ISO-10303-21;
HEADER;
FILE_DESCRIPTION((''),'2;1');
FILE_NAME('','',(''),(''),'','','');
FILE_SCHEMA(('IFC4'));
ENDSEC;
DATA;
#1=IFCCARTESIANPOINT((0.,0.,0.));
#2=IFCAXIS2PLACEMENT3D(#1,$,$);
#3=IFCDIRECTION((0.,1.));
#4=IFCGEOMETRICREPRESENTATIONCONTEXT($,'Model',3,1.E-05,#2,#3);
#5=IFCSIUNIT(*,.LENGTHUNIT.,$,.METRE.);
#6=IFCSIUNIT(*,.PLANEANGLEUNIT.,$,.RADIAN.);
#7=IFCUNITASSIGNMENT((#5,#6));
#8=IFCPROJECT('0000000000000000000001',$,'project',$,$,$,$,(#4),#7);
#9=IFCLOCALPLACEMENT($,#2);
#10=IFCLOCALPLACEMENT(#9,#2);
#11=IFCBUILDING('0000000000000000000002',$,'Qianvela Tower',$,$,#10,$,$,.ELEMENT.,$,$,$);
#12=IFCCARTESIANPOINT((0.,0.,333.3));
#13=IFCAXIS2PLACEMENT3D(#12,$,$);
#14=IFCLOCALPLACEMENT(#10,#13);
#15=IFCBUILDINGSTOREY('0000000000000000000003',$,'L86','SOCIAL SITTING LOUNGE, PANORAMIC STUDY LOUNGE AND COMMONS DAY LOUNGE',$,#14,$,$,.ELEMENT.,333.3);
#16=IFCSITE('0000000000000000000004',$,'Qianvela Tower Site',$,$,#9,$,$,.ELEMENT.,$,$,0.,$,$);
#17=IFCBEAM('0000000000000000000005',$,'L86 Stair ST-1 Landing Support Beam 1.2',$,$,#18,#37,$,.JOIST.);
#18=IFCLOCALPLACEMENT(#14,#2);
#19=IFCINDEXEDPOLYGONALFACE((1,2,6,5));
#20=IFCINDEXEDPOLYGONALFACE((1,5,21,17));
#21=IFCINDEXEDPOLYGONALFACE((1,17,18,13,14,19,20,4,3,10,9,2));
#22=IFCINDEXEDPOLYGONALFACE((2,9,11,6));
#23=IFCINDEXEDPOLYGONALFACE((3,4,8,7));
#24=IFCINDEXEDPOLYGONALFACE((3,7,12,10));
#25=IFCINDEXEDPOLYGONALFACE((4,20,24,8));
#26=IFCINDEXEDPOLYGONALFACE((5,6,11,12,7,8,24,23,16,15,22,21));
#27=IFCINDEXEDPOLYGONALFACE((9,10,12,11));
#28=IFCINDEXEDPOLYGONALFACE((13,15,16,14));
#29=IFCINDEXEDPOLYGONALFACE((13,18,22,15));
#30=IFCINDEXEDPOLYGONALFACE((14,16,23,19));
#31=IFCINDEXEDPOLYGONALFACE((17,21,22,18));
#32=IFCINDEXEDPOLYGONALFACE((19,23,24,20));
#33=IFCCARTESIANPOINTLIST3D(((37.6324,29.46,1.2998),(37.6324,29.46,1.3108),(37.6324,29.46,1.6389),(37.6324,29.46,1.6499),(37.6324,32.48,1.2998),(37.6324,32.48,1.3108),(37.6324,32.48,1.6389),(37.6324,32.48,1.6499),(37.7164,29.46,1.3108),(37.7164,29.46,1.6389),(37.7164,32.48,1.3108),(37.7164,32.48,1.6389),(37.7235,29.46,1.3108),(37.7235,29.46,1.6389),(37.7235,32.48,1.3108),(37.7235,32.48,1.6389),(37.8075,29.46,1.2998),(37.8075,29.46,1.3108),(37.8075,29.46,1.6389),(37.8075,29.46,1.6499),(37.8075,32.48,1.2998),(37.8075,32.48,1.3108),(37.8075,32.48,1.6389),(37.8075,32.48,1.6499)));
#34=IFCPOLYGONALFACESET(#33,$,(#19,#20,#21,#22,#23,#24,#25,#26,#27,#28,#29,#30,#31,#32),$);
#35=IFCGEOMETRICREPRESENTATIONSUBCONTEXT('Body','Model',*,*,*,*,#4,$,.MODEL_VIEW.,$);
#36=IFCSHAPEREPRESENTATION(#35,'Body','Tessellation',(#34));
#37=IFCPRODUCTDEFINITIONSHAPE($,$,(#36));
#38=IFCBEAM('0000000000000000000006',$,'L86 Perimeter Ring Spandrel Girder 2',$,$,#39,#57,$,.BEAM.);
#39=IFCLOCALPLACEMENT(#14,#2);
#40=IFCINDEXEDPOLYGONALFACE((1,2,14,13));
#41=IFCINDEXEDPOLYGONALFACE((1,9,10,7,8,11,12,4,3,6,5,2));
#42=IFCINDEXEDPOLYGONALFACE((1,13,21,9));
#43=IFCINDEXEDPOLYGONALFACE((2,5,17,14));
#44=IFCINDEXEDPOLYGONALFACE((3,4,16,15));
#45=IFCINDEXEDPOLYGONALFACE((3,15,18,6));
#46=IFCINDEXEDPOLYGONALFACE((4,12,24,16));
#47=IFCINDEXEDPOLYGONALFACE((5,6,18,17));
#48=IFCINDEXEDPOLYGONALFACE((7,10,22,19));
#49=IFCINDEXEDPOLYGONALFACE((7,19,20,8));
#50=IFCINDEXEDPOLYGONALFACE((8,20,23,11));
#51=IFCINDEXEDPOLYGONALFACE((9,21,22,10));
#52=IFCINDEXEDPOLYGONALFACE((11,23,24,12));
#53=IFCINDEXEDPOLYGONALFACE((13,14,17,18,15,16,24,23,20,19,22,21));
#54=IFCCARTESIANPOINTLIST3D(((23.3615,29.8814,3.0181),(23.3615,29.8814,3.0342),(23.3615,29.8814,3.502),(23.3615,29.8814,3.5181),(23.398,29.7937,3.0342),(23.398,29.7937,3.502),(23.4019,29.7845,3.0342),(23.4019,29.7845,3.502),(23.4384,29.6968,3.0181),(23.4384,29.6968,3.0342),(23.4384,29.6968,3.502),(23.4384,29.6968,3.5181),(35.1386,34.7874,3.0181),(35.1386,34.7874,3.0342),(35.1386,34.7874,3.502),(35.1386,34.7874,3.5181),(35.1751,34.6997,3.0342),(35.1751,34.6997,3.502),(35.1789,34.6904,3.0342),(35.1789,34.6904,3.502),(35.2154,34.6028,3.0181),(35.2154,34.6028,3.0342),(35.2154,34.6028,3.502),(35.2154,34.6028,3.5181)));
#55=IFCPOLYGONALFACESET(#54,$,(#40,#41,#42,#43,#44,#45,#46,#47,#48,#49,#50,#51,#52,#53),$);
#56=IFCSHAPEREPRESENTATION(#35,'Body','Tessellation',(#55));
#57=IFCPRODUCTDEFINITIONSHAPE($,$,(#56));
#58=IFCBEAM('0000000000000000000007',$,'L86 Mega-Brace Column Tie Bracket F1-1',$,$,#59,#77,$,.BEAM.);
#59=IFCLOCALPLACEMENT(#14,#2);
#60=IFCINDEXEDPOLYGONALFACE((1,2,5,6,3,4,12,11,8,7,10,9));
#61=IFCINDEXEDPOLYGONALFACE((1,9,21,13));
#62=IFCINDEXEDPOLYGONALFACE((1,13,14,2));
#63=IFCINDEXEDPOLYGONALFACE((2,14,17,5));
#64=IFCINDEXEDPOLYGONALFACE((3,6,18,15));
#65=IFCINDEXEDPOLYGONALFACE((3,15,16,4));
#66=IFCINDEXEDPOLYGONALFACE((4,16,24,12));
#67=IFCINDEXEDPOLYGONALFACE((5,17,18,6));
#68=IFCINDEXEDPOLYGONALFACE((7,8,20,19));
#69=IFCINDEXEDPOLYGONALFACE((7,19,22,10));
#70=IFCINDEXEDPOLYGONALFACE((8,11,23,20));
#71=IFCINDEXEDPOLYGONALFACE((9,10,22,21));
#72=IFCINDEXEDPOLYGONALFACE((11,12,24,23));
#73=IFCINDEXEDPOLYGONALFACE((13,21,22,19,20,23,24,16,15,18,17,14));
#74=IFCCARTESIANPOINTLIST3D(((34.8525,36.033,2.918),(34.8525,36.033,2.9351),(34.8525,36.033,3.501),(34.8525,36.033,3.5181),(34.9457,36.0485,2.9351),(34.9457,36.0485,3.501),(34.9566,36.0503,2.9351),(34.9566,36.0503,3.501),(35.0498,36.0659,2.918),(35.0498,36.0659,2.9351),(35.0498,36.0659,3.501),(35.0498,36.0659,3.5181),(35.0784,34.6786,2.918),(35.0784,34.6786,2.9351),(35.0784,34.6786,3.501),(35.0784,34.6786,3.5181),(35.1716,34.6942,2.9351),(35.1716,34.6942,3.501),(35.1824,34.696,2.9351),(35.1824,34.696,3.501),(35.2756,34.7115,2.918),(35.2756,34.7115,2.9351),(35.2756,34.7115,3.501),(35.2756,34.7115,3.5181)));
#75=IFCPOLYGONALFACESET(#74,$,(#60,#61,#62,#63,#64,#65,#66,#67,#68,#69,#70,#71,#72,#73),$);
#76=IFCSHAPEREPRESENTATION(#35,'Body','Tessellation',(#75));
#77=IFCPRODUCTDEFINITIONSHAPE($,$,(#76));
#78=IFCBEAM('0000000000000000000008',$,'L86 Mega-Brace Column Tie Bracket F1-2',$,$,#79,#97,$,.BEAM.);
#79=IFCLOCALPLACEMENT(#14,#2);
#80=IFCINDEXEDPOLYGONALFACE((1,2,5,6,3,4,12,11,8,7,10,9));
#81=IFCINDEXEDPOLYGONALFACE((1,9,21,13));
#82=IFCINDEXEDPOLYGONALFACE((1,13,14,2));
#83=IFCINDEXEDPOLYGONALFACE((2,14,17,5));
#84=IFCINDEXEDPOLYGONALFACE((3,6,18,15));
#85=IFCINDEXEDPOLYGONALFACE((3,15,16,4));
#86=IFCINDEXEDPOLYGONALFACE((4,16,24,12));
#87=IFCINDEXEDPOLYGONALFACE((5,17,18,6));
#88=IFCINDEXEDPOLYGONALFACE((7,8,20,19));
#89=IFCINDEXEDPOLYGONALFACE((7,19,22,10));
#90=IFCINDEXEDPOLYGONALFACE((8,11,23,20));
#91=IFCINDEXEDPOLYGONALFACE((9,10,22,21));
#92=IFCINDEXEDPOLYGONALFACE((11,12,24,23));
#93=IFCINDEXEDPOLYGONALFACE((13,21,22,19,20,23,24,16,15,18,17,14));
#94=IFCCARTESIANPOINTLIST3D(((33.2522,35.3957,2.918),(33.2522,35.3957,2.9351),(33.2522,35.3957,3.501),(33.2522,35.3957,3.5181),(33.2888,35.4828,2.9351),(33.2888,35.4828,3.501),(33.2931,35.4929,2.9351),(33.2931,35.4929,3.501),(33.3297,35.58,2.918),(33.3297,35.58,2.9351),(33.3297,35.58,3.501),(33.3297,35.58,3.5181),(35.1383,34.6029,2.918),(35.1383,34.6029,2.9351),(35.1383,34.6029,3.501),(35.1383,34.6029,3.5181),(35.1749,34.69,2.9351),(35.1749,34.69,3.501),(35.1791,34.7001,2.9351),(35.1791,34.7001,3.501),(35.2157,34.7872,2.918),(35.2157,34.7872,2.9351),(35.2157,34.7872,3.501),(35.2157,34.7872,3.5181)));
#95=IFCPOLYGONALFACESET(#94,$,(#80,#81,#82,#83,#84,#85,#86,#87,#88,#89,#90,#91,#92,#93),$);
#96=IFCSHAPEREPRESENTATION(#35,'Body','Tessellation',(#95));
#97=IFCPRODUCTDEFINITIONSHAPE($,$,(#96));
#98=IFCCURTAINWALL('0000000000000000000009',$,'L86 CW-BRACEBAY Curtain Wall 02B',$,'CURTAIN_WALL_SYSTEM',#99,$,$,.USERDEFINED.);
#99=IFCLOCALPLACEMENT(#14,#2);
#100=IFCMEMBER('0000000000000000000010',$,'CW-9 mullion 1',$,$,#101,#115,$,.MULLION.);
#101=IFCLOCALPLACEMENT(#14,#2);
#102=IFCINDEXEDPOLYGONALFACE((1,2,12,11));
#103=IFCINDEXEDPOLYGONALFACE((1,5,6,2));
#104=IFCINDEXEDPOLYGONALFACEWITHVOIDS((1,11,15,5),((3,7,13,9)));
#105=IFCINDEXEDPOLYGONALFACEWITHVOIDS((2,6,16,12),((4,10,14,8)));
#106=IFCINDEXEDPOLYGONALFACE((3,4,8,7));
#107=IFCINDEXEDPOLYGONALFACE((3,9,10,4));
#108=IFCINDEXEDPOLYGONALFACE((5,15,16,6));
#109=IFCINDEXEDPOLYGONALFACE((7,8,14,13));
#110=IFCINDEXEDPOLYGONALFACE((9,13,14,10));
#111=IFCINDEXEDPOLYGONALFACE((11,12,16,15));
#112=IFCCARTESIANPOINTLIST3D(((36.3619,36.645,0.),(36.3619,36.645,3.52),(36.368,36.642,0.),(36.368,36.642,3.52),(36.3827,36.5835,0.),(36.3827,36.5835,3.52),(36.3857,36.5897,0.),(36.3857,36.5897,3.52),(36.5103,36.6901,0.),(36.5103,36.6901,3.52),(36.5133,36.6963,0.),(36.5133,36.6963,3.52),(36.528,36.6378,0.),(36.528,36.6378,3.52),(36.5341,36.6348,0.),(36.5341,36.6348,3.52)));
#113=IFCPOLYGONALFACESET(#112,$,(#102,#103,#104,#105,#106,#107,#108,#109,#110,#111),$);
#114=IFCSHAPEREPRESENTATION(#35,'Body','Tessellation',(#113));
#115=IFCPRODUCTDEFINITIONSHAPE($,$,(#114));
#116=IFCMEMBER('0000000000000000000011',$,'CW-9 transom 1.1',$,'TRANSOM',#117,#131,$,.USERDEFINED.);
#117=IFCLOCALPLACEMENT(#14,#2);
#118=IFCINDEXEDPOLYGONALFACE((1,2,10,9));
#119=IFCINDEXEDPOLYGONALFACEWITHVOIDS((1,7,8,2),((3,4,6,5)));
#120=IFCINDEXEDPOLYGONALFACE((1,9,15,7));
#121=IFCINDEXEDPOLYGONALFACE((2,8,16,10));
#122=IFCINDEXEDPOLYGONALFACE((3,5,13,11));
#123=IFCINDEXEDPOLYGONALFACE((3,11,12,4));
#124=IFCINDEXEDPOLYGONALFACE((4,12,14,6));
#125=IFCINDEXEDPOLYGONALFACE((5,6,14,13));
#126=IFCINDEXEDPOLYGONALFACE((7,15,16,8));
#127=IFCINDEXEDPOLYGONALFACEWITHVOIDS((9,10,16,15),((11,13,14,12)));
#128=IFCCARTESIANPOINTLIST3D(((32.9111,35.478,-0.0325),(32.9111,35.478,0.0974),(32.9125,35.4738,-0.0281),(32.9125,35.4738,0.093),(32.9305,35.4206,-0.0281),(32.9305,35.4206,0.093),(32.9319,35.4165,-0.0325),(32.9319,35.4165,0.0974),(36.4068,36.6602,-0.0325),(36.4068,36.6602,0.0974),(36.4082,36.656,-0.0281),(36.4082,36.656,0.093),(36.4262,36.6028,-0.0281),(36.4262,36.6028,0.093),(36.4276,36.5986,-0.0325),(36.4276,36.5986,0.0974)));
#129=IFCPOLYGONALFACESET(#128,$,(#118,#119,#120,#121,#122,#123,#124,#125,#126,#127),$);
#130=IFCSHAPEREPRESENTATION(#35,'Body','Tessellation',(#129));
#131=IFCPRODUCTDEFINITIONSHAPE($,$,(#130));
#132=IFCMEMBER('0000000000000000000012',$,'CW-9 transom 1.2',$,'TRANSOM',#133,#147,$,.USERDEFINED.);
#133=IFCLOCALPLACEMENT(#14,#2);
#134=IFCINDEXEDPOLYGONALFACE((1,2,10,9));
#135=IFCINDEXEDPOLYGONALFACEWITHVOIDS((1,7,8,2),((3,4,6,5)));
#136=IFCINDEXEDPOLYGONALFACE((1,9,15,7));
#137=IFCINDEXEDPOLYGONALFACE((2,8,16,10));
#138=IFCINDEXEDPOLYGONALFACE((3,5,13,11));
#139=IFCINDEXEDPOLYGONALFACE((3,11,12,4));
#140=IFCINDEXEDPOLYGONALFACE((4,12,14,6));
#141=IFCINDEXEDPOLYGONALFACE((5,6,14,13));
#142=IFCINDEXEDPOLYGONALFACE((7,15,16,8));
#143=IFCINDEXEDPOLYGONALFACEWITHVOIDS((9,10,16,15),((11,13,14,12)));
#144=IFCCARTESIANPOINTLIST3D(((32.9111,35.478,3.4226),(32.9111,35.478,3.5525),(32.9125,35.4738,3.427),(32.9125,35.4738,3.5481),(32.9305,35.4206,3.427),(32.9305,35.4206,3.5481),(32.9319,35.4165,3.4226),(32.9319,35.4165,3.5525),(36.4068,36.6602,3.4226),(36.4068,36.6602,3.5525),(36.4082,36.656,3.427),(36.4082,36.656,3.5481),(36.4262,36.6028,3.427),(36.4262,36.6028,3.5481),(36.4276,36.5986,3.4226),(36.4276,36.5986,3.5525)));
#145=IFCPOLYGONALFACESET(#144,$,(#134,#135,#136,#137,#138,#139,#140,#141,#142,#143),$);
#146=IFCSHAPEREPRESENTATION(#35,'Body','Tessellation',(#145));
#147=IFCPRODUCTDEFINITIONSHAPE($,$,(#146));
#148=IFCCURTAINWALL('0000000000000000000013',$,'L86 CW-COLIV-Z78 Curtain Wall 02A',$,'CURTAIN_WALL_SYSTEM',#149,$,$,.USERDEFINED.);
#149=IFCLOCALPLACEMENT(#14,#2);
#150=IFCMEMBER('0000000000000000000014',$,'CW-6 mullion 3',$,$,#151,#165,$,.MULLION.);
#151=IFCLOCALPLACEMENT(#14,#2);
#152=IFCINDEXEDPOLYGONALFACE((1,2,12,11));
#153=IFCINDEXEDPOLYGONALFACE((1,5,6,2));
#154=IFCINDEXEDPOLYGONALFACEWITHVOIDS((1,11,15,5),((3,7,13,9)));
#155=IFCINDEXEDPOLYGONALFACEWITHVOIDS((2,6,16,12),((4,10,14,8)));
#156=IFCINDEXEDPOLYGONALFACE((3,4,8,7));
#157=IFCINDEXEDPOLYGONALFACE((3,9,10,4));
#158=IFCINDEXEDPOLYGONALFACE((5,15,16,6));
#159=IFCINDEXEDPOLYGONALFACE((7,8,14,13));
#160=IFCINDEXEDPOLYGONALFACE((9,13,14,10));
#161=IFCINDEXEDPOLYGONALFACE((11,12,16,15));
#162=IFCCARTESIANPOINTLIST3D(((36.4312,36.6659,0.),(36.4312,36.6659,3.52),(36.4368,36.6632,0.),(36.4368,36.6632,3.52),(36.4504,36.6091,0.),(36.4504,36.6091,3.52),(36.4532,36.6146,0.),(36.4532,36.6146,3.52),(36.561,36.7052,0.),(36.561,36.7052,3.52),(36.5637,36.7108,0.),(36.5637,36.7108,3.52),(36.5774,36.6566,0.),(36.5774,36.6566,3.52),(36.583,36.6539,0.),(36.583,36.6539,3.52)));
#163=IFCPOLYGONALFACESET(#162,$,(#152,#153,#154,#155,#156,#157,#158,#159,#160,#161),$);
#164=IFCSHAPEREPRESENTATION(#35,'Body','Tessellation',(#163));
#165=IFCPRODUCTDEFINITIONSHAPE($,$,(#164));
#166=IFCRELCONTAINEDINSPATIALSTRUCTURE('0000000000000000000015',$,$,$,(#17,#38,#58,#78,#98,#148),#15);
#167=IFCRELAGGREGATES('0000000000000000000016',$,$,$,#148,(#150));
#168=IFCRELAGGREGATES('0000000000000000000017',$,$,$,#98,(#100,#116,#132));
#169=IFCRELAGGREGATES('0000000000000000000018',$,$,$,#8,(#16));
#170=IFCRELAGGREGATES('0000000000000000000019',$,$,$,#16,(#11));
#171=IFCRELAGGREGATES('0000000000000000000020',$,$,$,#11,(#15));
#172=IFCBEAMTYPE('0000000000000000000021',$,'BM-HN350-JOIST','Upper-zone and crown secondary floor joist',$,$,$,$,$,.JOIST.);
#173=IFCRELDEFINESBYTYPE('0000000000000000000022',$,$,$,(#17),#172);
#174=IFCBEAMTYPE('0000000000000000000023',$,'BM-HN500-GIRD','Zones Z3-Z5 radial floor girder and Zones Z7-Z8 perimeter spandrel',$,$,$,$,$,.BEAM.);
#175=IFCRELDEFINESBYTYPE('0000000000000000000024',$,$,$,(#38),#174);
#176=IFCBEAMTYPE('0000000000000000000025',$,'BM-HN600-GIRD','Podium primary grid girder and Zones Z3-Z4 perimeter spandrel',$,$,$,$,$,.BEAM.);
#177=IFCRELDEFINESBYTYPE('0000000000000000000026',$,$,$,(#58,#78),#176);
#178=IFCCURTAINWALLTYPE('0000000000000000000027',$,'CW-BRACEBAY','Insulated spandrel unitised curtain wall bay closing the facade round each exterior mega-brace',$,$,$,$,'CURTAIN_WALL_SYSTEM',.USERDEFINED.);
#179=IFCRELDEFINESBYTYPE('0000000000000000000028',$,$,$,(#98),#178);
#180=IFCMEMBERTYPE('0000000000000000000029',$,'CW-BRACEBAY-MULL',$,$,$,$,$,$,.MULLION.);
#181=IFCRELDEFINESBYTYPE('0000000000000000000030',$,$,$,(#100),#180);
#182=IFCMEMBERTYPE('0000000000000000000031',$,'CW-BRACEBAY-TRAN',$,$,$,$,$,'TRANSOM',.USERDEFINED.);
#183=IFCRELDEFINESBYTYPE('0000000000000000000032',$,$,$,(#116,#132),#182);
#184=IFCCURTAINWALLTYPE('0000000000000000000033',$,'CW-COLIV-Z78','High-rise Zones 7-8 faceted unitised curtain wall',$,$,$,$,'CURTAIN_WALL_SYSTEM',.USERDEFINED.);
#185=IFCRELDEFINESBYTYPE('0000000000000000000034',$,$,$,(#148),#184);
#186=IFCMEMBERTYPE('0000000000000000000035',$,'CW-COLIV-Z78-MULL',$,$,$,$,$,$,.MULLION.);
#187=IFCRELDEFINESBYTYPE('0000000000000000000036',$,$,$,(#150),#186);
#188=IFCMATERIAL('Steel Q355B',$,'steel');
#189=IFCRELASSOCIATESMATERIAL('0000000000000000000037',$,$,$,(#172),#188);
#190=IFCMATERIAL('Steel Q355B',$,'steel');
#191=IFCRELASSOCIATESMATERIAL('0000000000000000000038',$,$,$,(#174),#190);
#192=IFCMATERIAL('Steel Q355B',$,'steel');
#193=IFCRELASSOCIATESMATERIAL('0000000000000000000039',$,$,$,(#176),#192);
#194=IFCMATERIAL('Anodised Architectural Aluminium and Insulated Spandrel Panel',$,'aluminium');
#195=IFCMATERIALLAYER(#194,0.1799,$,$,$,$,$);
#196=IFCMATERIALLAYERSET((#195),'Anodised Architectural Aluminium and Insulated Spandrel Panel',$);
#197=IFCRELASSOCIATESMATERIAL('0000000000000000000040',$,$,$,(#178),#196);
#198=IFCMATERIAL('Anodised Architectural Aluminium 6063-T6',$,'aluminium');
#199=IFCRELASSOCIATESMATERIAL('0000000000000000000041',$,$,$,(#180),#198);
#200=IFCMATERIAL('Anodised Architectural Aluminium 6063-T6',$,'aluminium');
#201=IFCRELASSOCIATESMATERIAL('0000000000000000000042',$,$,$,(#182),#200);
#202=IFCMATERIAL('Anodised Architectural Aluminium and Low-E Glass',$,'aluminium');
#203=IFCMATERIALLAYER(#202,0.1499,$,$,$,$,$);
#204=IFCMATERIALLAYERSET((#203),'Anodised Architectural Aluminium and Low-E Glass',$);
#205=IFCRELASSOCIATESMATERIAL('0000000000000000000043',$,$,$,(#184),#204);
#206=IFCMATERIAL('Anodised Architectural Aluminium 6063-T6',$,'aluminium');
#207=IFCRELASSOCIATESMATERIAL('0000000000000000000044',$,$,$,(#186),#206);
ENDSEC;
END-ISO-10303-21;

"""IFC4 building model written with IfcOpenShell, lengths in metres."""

from ifc_helpers import new_model, si_unit, direction, frame, origin, origin_2d, place, context, subcontext, project, spatial, hollow_rectangle, i_section, extrude, material, layer, layer_set, material_profile, profile_set, type_object, element, aggregate, save


model = new_model("IFC4")

# Units and contexts
model_context = context("Model", 3, precision=1e-05, world=origin(), true_north=direction((0.0, 1.0)))
body_context = subcontext(model_context, "Body", "Model", "MODEL_VIEW")
ifc_project = project(units=[si_unit("LENGTHUNIT", "METRE"), si_unit("PLANEANGLEUNIT", "RADIAN")], contexts=[model_context])

# Site, building, storey
site_placement = place(None, origin())
site = spatial("IfcSite", under=ifc_project, at=site_placement, Name="Qianvela Tower Site", CompositionType="ELEMENT", RefElevation=0.0)
building_placement = place(site_placement, origin())
building = spatial("IfcBuilding", under=site, at=building_placement, Name="Qianvela Tower", CompositionType="ELEMENT")
storey_placement = place(building_placement, frame((0.0, 0.0, 333.3)))
storey = spatial("IfcBuildingStorey", under=building, at=storey_placement, Name="L86", Description="SOCIAL SITTING LOUNGE, PANORAMIC STUDY LOUNGE AND COMMONS DAY LOUNGE", CompositionType="ELEMENT", Elevation=333.3)

# Beams
ifc_material_1 = material(Name="Steel Q355B", Category="steel")
ifc_material_profile_1 = material_profile(ifc_material_1, i_section(OverallWidth=0.175, OverallDepth=0.3501, WebThickness=0.0071, FlangeThickness=0.011, at=origin_2d()), Name="HN350x175x7x11")
ifc_profile_set_1 = profile_set([ifc_material_profile_1], Name="Steel Q355B")
beam_type_1 = type_object("IfcBeamType", Name="BM-HN350-JOIST", Description="Upper-zone and crown secondary floor joist", PredefinedType="JOIST", material=ifc_profile_set_1)
for number, where, z_axis, x_axis, name in (
    (1, (37.72, 29.46, 1.4749), (0.0, 1.0, 0.0), (-1.0, 0.0, 0.0), "L86 Stair ST-1 Landing Support Beam 1.2"),
):
    element("IfcBeam", number, at=place(storey_placement, frame(where, z_axis=z_axis, x_axis=x_axis)), inside=storey, type_object=beam_type_1, Name=name, PredefinedType="JOIST", context=body_context, shape_type="SweptSolid", body=[
        extrude(i_section(OverallWidth=0.175, OverallDepth=0.3501, WebThickness=0.0071, FlangeThickness=0.011, at=origin_2d()), origin(), (0.0, 0.0, 1.0), 3.02),
    ])
ifc_material_2 = material(Name="Steel Q355B", Category="steel")
ifc_material_profile_2 = material_profile(ifc_material_2, i_section(OverallWidth=0.2, OverallDepth=0.5, WebThickness=0.01, FlangeThickness=0.0161, at=origin_2d()), Name="HN500x200x10x16")
ifc_profile_set_2 = profile_set([ifc_material_profile_2], Name="Steel Q355B")
beam_type_2 = type_object("IfcBeamType", Name="BM-HN500-GIRD", Description="Zones Z3-Z5 radial floor girder and Zones Z7-Z8 perimeter spandrel", PredefinedType="BEAM", material=ifc_profile_set_2)
beam_1_placement = place(storey_placement, frame((35.177, 34.6951, 3.2681), z_axis=(-0.923108, -0.384541, 0.0), x_axis=(0.384541, -0.923108, 0.0)))
element("IfcBeam", 2, at=beam_1_placement, inside=storey, type_object=beam_type_2, Name="L86 Perimeter Ring Spandrel Girder 2", PredefinedType="BEAM", context=body_context, shape_type="SweptSolid", body=[
    extrude(i_section(OverallWidth=0.2, OverallDepth=0.5, WebThickness=0.01, FlangeThickness=0.0161, at=origin_2d()), origin(), (0.0, 0.0, 1.0), 12.7581),
])
ifc_material_3 = material(Name="Steel Q355B", Category="steel")
ifc_material_profile_3 = material_profile(ifc_material_3, i_section(OverallWidth=0.2, OverallDepth=0.6001, WebThickness=0.011, FlangeThickness=0.0171, at=origin_2d()), Name="HN600x200x11x17")
ifc_profile_set_3 = profile_set([ifc_material_profile_3], Name="Steel Q355B")
beam_type_3 = type_object("IfcBeamType", Name="BM-HN600-GIRD", Description="Podium primary grid girder and Zones Z3-Z4 perimeter spandrel", PredefinedType="BEAM", material=ifc_profile_set_3)
beam_2_placement = place(storey_placement, frame((35.177, 34.6951, 3.218), z_axis=(-0.164485, 0.98638, 0.0), x_axis=(-0.98638, -0.164485, 0.0)))
element("IfcBeam", 3, at=beam_2_placement, inside=storey, type_object=beam_type_3, Name="L86 Mega-Brace Column Tie Bracket F1-1", PredefinedType="BEAM", context=body_context, shape_type="SweptSolid", body=[
    extrude(i_section(OverallWidth=0.2, OverallDepth=0.6001, WebThickness=0.011, FlangeThickness=0.0171, at=origin_2d()), origin(), (0.0, 0.0, 1.0), 1.373),
])
beam_3_placement = place(storey_placement, frame((35.177, 34.6951, 3.218), z_axis=(-0.921876, 0.387486, 0.0), x_axis=(-0.387486, -0.921876, 0.0)))
element("IfcBeam", 4, at=beam_3_placement, inside=storey, type_object=beam_type_3, Name="L86 Mega-Brace Column Tie Bracket F1-2", PredefinedType="BEAM", context=body_context, shape_type="SweptSolid", body=[
    extrude(i_section(OverallWidth=0.2, OverallDepth=0.6001, WebThickness=0.011, FlangeThickness=0.0171, at=origin_2d()), origin(), (0.0, 0.0, 1.0), 2.0459),
])

# Curtain wall, members
ifc_material_4 = material(Name="Anodised Architectural Aluminium and Insulated Spandrel Panel", Category="aluminium")
ifc_layer_1 = layer(ifc_material_4, 0.1799)
ifc_layer_set_1 = layer_set([ifc_layer_1], Name="Anodised Architectural Aluminium and Insulated Spandrel Panel")
curtain_wall_type_1 = type_object("IfcCurtainWallType", Name="CW-BRACEBAY", Description="Insulated spandrel unitised curtain wall bay closing the facade round each exterior mega-brace", ElementType="CURTAIN_WALL_SYSTEM", PredefinedType="USERDEFINED", material=ifc_layer_set_1)
curtain_wall_1_placement = place(storey_placement, origin())
curtain_wall_1 = element("IfcCurtainWall", 5, at=curtain_wall_1_placement, inside=storey, type_object=curtain_wall_type_1, Name="L86 CW-BRACEBAY Curtain Wall 02B", ObjectType="CURTAIN_WALL_SYSTEM", PredefinedType="USERDEFINED")
ifc_material_5 = material(Name="Anodised Architectural Aluminium 6063-T6", Category="aluminium")
ifc_material_profile_4 = material_profile(ifc_material_5, hollow_rectangle(XDim=0.0649, YDim=0.1599, WallThickness=0.0049, at=origin_2d()), Name="ALU-MULL-65x160")
ifc_profile_set_4 = profile_set([ifc_material_profile_4], Name="Anodised Architectural Aluminium 6063-T6")
member_type_1 = type_object("IfcMemberType", Name="CW-BRACEBAY-MULL", PredefinedType="MULLION", material=ifc_profile_set_4)
member_1_placement = place(storey_placement, frame((36.448, 36.6399, 0.0), z_axis=(0.0, 0.0, 1.0), x_axis=(0.320395, -0.947284, 0.0)))
member_1 = element("IfcMember", 6, at=member_1_placement, type_object=member_type_1, Name="CW-9 mullion 1", PredefinedType="MULLION", context=body_context, shape_type="SweptSolid", body=[
    extrude(hollow_rectangle(XDim=0.0649, YDim=0.1599, WallThickness=0.0049, at=origin_2d()), origin(), (0.0, 0.0, 1.0), 3.52),
])
ifc_material_6 = material(Name="Anodised Architectural Aluminium 6063-T6", Category="aluminium")
ifc_material_profile_5 = material_profile(ifc_material_6, hollow_rectangle(XDim=0.0649, YDim=0.1299, WallThickness=0.0044, at=origin_2d()), Name="ALU-TRAN-65x130")
ifc_profile_set_5 = profile_set([ifc_material_profile_5], Name="Anodised Architectural Aluminium 6063-T6")
member_type_2 = type_object("IfcMemberType", Name="CW-BRACEBAY-TRAN", ElementType="TRANSOM", PredefinedType="USERDEFINED", material=ifc_profile_set_5)
member_2_placement = place(storey_placement, frame((36.4172, 36.6294, 0.0325), z_axis=(-0.947298, -0.320353, 0.0), x_axis=(0.320353, -0.947298, 0.0)))
member_2 = element("IfcMember", 7, at=member_2_placement, type_object=member_type_2, Name="CW-9 transom 1.1", ObjectType="TRANSOM", PredefinedType="USERDEFINED", context=body_context, shape_type="SweptSolid", body=[
    extrude(hollow_rectangle(XDim=0.0649, YDim=0.1299, WallThickness=0.0044, at=origin_2d()), origin(), (0.0, 0.0, 1.0), 3.6902),
])
member_3_placement = place(storey_placement, frame((36.4172, 36.6294, 3.4875), z_axis=(-0.947298, -0.320353, 0.0), x_axis=(0.320353, -0.947298, 0.0)))
member_3 = element("IfcMember", 8, at=member_3_placement, type_object=member_type_2, Name="CW-9 transom 1.2", ObjectType="TRANSOM", PredefinedType="USERDEFINED", context=body_context, shape_type="SweptSolid", body=[
    extrude(hollow_rectangle(XDim=0.0649, YDim=0.1299, WallThickness=0.0044, at=origin_2d()), origin(), (0.0, 0.0, 1.0), 3.6902),
])

# Curtain wall, member
ifc_material_7 = material(Name="Anodised Architectural Aluminium and Low-E Glass", Category="aluminium")
ifc_layer_2 = layer(ifc_material_7, 0.1499)
ifc_layer_set_2 = layer_set([ifc_layer_2], Name="Anodised Architectural Aluminium and Low-E Glass")
curtain_wall_type_2 = type_object("IfcCurtainWallType", Name="CW-COLIV-Z78", Description="High-rise Zones 7-8 faceted unitised curtain wall", ElementType="CURTAIN_WALL_SYSTEM", PredefinedType="USERDEFINED", material=ifc_layer_set_2)
curtain_wall_2_placement = place(storey_placement, origin())
curtain_wall_2 = element("IfcCurtainWall", 9, at=curtain_wall_2_placement, inside=storey, type_object=curtain_wall_type_2, Name="L86 CW-COLIV-Z78 Curtain Wall 02A", ObjectType="CURTAIN_WALL_SYSTEM", PredefinedType="USERDEFINED")
ifc_material_8 = material(Name="Anodised Architectural Aluminium 6063-T6", Category="aluminium")
ifc_material_profile_6 = material_profile(ifc_material_8, hollow_rectangle(XDim=0.0601, YDim=0.1399, WallThickness=0.0044, at=origin_2d()), Name="ALU-MULL-60x140")
ifc_profile_set_6 = profile_set([ifc_material_profile_6], Name="Anodised Architectural Aluminium 6063-T6")
member_type_3 = type_object("IfcMemberType", Name="CW-COLIV-Z78-MULL", PredefinedType="MULLION", material=ifc_profile_set_6)
member_4_placement = place(storey_placement, frame((36.5071, 36.6599, 0.0), z_axis=(0.0, 0.0, 1.0), x_axis=(0.3204, -0.947282, 0.0)))
member_4 = element("IfcMember", 10, at=member_4_placement, type_object=member_type_3, Name="CW-6 mullion 3", PredefinedType="MULLION", context=body_context, shape_type="SweptSolid", body=[
    extrude(hollow_rectangle(XDim=0.0601, YDim=0.1399, WallThickness=0.0044, at=origin_2d()), origin(), (0.0, 0.0, 1.0), 3.52),
])
aggregate(curtain_wall_2, [member_4])

aggregate(curtain_wall_1, [member_1, member_2, member_3])

save(model, "model.ifc")
